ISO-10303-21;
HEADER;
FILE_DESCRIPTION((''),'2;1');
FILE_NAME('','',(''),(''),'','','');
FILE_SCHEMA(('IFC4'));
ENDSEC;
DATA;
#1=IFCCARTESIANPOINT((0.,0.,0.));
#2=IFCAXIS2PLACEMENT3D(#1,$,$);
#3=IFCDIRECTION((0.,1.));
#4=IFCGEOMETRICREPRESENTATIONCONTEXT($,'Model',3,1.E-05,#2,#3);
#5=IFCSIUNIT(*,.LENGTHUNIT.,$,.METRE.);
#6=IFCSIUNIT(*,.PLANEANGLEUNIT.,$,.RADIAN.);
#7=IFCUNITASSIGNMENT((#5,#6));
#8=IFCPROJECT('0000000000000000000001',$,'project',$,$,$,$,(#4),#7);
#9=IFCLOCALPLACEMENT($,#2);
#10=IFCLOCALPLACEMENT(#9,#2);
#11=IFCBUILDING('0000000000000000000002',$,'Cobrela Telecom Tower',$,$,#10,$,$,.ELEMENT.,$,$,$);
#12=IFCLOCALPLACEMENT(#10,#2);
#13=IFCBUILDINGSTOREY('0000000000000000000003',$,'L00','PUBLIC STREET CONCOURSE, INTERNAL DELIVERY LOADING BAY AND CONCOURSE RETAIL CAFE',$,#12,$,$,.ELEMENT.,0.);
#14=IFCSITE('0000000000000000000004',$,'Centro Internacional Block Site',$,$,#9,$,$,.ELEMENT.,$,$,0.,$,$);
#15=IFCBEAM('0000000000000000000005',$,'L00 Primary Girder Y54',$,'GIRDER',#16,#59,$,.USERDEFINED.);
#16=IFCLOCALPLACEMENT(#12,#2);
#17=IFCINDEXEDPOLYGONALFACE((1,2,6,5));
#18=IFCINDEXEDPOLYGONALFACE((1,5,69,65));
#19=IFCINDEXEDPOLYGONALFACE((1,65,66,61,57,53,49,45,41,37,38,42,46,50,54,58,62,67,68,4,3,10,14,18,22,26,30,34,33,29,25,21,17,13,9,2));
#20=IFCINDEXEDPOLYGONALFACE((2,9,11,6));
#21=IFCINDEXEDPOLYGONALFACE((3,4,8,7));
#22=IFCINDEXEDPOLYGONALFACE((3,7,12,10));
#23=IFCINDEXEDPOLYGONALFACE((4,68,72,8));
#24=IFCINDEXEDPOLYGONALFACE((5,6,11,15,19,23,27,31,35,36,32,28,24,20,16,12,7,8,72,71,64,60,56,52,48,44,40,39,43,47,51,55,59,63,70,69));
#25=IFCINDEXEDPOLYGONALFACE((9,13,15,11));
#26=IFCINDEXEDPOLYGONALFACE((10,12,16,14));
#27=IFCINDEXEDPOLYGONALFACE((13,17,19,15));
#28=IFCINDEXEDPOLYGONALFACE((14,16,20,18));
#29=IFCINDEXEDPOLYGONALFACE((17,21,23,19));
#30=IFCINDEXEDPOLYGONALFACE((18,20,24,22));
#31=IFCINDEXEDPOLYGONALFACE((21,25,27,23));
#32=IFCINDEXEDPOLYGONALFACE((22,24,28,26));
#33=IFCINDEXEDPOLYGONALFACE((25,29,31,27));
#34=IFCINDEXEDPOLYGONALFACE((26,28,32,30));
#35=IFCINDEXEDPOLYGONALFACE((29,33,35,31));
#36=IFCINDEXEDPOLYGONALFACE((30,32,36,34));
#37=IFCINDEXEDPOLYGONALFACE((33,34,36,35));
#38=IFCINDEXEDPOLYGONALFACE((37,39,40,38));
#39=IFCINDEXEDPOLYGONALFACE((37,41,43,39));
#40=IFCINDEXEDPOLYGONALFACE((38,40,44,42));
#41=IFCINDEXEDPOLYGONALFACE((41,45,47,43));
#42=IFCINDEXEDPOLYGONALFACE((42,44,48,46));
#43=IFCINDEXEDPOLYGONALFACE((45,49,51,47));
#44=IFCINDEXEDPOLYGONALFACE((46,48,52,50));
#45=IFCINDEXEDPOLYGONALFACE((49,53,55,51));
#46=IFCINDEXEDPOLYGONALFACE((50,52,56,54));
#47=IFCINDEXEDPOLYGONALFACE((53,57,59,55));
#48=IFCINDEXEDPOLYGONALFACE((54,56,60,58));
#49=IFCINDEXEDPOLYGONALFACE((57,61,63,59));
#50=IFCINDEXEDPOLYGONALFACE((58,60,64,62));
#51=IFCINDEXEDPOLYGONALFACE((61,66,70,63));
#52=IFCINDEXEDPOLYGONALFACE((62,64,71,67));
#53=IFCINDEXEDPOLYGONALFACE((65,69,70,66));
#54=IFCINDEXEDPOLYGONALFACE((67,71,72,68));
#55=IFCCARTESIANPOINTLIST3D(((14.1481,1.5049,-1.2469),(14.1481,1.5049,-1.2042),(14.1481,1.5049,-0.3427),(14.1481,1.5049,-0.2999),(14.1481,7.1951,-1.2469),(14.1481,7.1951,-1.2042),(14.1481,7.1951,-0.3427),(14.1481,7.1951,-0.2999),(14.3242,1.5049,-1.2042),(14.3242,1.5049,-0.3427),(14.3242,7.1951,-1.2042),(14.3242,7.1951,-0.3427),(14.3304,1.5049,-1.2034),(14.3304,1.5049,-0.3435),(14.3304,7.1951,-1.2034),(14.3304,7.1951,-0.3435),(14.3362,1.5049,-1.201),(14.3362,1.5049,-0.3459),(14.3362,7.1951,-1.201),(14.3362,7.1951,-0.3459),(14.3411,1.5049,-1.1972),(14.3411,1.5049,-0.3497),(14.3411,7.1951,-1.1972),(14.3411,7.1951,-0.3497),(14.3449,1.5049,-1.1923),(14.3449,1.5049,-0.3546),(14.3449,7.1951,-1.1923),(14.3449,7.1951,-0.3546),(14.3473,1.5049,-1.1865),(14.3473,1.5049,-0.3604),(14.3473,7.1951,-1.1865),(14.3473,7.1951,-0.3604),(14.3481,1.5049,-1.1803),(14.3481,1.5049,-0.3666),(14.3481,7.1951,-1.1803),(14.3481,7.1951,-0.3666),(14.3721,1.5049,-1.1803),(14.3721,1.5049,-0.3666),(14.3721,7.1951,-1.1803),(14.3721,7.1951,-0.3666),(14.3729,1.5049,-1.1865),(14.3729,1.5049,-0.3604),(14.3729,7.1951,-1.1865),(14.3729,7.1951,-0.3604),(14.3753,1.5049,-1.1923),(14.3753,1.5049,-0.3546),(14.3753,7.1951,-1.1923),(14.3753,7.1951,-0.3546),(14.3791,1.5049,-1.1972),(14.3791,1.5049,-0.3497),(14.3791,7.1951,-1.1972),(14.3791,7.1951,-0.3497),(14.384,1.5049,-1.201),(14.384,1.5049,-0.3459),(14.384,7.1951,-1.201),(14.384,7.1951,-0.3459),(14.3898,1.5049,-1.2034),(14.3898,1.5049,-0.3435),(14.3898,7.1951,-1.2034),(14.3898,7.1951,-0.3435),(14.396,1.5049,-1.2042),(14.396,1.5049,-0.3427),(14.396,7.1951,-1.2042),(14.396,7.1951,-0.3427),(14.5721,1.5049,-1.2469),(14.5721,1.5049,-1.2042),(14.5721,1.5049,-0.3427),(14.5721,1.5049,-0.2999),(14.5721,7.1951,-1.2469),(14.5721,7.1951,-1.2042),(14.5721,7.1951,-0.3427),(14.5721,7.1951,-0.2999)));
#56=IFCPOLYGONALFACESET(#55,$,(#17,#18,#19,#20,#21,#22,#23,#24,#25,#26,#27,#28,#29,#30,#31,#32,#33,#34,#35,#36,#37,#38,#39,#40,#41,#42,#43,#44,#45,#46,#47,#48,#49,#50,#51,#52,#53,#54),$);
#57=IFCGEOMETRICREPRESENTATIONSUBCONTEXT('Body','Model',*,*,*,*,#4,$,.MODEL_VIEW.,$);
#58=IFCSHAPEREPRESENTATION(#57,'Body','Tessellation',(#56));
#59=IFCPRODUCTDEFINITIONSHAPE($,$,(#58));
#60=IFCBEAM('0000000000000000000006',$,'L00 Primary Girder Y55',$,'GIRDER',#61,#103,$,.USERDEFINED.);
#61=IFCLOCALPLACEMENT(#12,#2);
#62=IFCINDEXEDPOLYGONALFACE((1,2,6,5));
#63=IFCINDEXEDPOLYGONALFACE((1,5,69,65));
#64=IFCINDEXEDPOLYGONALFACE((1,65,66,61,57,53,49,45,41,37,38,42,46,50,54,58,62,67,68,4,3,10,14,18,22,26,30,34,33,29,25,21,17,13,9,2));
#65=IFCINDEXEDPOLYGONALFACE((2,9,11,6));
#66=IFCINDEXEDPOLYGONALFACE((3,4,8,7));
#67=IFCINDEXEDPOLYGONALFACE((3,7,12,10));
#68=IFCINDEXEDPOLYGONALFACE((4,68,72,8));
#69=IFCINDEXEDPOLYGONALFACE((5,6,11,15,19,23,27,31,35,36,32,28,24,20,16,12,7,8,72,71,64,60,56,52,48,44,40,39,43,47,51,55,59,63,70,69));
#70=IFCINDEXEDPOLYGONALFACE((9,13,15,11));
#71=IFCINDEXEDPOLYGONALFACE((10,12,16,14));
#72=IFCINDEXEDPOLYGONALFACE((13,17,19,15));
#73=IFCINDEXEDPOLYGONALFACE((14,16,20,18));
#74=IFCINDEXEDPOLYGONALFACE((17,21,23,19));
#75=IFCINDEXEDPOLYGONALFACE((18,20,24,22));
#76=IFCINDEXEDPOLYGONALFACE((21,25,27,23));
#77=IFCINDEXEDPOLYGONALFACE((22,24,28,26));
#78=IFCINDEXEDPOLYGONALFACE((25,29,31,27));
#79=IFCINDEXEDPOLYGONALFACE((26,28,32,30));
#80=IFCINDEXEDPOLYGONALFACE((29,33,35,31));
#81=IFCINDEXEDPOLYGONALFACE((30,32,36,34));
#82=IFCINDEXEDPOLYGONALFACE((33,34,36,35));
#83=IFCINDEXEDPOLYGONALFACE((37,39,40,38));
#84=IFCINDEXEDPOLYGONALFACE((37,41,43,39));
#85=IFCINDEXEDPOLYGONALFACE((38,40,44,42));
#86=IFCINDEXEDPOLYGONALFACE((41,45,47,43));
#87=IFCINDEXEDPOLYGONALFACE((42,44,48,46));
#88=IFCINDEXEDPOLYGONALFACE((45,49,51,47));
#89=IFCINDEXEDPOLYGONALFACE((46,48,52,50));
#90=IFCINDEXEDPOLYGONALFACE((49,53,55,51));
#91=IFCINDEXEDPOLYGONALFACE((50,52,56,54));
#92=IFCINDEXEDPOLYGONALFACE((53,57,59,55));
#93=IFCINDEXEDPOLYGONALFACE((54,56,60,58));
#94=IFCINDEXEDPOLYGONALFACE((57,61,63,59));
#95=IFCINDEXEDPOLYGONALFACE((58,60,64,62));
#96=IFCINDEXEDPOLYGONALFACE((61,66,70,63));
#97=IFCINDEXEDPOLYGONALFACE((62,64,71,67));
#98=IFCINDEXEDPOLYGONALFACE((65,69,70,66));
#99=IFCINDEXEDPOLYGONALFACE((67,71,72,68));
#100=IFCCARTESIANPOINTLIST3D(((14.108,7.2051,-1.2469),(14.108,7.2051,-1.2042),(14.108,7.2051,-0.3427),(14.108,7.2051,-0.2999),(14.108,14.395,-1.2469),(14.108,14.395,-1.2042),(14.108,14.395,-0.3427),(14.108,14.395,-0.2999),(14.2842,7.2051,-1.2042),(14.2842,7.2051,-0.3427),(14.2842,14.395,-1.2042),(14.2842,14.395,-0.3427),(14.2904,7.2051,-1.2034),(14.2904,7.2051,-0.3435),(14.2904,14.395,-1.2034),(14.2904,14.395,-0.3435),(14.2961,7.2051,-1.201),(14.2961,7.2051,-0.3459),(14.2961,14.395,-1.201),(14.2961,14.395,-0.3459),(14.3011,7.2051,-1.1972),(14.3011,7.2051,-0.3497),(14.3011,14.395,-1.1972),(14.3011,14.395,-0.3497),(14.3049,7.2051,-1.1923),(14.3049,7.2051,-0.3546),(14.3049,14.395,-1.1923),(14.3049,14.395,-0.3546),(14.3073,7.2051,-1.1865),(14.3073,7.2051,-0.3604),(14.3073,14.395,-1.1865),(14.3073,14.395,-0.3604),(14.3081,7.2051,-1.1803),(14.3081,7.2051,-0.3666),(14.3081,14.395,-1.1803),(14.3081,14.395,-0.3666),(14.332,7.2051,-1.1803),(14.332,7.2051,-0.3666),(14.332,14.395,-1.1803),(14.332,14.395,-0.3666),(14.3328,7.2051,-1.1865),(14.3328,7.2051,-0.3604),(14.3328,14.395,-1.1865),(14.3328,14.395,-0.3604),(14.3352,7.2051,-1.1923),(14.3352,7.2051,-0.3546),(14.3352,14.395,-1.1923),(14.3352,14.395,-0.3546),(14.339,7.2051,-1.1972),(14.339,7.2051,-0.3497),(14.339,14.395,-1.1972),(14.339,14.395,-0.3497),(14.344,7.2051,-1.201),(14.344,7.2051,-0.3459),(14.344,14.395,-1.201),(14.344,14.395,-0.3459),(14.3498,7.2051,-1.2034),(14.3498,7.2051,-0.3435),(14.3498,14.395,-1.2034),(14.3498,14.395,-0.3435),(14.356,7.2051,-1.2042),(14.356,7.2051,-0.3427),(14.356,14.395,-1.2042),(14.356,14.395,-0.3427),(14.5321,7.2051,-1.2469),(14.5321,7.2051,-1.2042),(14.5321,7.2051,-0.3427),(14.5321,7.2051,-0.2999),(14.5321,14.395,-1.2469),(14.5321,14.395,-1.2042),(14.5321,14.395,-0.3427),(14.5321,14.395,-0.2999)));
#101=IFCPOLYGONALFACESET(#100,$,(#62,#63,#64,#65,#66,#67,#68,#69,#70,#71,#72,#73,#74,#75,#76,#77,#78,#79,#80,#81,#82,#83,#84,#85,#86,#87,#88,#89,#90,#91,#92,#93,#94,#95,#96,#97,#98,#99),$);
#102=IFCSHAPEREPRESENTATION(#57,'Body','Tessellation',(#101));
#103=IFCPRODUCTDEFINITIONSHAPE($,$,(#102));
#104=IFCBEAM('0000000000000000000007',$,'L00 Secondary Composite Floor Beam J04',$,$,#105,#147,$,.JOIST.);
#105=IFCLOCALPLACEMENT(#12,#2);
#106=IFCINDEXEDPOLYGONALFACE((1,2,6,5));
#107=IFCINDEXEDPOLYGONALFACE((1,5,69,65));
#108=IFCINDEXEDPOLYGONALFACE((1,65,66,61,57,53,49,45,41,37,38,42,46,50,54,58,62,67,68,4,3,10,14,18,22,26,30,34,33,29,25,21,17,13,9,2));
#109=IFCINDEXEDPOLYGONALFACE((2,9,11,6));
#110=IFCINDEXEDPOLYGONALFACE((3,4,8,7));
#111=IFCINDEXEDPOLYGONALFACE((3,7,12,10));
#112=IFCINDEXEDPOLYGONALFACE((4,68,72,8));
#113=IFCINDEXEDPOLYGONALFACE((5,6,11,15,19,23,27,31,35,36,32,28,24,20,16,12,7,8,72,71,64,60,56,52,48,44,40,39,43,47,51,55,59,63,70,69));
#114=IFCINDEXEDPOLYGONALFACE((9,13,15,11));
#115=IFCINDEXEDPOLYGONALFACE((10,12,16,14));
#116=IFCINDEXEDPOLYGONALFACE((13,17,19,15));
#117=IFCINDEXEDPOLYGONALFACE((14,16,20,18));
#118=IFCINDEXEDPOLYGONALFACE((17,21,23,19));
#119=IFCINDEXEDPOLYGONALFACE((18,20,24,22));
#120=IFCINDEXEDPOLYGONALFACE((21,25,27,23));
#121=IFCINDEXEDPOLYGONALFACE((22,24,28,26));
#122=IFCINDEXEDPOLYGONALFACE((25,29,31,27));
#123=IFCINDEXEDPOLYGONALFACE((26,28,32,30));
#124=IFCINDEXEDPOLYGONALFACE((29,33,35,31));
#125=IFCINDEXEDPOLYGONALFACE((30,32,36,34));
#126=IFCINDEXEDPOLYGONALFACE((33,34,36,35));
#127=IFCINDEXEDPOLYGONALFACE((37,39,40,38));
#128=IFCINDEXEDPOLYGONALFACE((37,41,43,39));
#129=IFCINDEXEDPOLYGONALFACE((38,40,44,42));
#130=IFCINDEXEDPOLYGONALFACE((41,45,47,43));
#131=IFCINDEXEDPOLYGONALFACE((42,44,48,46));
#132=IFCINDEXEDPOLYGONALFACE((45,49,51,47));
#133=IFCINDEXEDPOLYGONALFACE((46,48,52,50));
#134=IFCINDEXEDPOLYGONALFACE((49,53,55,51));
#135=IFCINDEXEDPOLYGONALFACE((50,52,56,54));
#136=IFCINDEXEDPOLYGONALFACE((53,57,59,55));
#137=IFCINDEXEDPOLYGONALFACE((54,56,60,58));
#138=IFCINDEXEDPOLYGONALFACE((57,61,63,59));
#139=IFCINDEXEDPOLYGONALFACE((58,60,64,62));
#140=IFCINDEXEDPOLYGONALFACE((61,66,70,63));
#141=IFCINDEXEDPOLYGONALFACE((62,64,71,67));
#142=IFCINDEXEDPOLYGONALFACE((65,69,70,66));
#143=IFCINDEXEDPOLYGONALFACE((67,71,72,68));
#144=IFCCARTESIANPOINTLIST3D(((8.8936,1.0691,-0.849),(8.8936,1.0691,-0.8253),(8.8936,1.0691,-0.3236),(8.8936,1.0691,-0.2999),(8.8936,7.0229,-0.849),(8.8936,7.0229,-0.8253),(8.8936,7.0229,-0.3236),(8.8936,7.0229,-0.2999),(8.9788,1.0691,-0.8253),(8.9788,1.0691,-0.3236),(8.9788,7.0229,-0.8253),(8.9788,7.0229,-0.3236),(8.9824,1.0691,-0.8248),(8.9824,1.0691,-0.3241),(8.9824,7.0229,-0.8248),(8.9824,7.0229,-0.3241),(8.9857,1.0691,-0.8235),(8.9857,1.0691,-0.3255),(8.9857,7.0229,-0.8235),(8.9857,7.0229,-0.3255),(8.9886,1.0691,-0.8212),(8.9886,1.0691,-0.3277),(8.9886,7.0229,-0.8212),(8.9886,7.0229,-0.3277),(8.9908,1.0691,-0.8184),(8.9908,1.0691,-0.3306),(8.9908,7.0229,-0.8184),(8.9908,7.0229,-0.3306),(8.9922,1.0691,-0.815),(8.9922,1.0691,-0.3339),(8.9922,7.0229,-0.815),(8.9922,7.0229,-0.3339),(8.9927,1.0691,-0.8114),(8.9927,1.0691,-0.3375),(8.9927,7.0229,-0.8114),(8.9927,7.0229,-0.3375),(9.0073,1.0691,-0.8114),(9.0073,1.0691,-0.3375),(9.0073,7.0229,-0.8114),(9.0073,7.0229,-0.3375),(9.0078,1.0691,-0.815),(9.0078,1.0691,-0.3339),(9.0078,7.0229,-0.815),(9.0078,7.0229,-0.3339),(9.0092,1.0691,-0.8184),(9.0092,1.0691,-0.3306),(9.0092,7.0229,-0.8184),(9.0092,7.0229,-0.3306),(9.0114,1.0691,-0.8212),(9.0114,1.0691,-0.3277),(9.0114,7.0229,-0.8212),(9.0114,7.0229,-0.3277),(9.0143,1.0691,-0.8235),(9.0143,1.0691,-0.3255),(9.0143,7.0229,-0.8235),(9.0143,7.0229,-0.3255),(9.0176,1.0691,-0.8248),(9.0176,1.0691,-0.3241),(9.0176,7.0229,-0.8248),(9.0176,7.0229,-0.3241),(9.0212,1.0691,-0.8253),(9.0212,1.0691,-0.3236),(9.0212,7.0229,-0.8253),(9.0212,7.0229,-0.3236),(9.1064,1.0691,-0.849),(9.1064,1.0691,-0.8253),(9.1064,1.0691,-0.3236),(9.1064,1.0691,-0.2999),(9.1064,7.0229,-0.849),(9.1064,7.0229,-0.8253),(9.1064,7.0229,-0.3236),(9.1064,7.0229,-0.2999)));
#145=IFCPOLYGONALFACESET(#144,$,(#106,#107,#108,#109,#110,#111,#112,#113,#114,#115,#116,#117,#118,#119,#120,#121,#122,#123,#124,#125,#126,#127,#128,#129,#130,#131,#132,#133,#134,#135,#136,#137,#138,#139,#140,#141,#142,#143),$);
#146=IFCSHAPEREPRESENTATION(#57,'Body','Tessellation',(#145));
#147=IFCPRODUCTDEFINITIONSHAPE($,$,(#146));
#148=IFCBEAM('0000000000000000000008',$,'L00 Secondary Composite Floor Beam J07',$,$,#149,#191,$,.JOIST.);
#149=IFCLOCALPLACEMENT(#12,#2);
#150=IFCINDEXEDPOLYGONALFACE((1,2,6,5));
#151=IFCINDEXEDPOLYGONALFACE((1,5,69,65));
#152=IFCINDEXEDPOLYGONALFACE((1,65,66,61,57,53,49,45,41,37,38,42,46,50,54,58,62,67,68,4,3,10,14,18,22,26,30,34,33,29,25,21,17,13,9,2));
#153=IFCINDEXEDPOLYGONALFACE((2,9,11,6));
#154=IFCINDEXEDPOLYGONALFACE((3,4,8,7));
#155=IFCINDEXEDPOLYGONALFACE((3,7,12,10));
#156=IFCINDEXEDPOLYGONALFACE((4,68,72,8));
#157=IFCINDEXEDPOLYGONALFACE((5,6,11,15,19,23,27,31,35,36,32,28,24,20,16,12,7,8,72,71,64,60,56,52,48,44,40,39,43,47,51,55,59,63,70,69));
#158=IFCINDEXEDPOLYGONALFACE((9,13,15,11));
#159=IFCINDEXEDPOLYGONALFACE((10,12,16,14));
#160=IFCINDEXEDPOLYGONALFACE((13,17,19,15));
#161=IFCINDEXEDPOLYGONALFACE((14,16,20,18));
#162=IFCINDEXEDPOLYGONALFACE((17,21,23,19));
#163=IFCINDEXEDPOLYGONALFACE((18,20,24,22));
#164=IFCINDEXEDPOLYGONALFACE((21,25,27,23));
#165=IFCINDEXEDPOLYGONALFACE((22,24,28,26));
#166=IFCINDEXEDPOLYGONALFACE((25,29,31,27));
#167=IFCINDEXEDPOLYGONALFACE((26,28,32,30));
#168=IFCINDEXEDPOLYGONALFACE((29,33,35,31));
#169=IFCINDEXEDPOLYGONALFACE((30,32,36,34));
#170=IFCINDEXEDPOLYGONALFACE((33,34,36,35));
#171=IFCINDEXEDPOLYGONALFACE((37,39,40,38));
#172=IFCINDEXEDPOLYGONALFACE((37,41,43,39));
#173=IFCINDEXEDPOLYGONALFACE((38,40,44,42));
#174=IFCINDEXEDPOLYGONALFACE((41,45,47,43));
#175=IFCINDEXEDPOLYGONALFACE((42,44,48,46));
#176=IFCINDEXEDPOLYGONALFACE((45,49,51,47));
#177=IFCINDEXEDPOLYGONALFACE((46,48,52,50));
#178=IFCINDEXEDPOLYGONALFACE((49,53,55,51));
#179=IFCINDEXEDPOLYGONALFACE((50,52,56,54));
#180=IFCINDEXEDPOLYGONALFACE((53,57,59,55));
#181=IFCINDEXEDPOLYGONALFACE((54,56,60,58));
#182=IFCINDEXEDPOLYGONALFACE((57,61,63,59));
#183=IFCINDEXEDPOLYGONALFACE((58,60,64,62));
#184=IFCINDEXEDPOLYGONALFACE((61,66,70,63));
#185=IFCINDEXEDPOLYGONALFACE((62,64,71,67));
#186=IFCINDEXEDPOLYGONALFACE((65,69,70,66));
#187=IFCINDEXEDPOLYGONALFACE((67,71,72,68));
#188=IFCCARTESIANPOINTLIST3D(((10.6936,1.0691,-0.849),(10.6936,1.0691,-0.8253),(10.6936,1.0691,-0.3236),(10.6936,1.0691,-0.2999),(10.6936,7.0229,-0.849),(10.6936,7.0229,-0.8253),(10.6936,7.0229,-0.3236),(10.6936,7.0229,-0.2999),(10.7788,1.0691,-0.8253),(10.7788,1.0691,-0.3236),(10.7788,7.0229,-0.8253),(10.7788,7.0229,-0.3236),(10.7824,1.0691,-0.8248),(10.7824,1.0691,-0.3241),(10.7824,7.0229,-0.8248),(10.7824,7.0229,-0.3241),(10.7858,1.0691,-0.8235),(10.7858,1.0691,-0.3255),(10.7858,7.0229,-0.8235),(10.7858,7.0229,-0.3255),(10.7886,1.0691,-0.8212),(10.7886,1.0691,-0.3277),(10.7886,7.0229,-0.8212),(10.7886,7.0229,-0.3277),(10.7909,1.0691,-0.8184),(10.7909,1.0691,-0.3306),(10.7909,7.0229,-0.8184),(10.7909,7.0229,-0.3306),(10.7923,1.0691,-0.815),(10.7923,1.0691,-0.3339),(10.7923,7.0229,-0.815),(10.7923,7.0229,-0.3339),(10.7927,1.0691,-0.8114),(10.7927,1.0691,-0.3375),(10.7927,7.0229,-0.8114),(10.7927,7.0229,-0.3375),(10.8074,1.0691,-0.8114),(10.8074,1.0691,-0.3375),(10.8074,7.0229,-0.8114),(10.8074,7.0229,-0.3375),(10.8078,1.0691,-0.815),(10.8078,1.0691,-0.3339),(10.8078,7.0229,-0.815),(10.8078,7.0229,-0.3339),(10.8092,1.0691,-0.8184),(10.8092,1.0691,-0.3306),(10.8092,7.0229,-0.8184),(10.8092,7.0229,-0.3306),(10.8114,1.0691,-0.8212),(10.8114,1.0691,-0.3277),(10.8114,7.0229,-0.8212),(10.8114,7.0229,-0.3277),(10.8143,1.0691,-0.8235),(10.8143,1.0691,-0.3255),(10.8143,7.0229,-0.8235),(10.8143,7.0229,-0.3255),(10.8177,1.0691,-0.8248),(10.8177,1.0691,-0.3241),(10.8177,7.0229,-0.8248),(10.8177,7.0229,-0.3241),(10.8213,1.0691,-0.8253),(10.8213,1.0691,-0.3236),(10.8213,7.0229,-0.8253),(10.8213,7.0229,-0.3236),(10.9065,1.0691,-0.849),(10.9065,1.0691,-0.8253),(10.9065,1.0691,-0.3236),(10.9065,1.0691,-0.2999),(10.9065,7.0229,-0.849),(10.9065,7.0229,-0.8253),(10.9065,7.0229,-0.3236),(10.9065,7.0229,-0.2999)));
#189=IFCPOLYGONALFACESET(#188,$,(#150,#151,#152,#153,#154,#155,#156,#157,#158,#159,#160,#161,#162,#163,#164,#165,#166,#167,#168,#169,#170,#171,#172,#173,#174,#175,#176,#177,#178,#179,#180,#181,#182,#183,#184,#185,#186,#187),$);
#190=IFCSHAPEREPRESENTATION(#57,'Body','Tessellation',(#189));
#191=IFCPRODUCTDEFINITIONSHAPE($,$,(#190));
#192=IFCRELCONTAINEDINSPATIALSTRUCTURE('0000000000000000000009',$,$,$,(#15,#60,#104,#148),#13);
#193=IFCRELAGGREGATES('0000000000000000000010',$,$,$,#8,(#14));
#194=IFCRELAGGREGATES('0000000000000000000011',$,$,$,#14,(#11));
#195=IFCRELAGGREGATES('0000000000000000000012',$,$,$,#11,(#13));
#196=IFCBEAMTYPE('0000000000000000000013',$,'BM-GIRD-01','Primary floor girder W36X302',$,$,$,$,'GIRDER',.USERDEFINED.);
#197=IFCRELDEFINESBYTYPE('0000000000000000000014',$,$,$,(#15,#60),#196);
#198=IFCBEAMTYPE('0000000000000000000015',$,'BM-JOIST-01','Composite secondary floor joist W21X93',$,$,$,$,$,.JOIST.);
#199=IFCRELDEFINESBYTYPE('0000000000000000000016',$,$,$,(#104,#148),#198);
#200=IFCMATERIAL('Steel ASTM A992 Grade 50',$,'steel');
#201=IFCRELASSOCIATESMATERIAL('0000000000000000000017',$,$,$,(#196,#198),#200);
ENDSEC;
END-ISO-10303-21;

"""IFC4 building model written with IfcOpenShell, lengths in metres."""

from ifc_helpers import new_model, si_unit, direction, frame, origin, origin_2d, place, context, subcontext, project, spatial, i_section, extrude, material, material_profile, profile_set, type_object, element, save


model = new_model("IFC4")

# Units and contexts
model_context = context("Model", 3, precision=1e-05, world=origin(), true_north=direction((0.0, 1.0)))
body_context = subcontext(model_context, "Body", "Model", "MODEL_VIEW")
ifc_project = project(units=[si_unit("LENGTHUNIT", "METRE"), si_unit("PLANEANGLEUNIT", "RADIAN")], contexts=[model_context])

# Site, building, storey
site_placement = place(None, origin())
site = spatial("IfcSite", under=ifc_project, at=site_placement, Name="Centro Internacional Block Site", CompositionType="ELEMENT", RefElevation=0.0)
building_placement = place(site_placement, origin())
building = spatial("IfcBuilding", under=site, at=building_placement, Name="Cobrela Telecom Tower", CompositionType="ELEMENT")
storey_placement = place(building_placement, origin())
storey = spatial("IfcBuildingStorey", under=building, at=storey_placement, Name="L00", Description="PUBLIC STREET CONCOURSE, INTERNAL DELIVERY LOADING BAY AND CONCOURSE RETAIL CAFE", CompositionType="ELEMENT", Elevation=0.0)

# Beams
ifc_material_1 = material(Name="Steel ASTM A992 Grade 50", Category="steel")
ifc_material_profile_1 = material_profile(ifc_material_1, i_section(OverallWidth=0.4241, OverallDepth=0.947, WebThickness=0.0239, FlangeThickness=0.0427, FilletRadius=0.0239, at=origin_2d()), Name="W36X302")
ifc_profile_set_1 = profile_set([ifc_material_profile_1], Name="Steel ASTM A992 Grade 50")
beam_type_1 = type_object("IfcBeamType", Name="BM-GIRD-01", Description="Primary floor girder W36X302", ElementType="GIRDER", PredefinedType="USERDEFINED", material=ifc_profile_set_1)
beam_1_placement = place(storey_placement, frame((14.3601, 1.5049, -0.7734), z_axis=(0.0, 1.0, 0.0), x_axis=(-1.0, 0.0, 0.0)))
element("IfcBeam", 1, at=beam_1_placement, inside=storey, type_object=beam_type_1, Name="L00 Primary Girder Y54", ObjectType="GIRDER", PredefinedType="USERDEFINED", context=body_context, shape_type="SweptSolid", body=[
    extrude(i_section(OverallWidth=0.4241, OverallDepth=0.947, WebThickness=0.0239, FlangeThickness=0.0427, FilletRadius=0.0239, at=origin_2d()), origin(), (0.0, 0.0, 1.0), 5.6902),
])
beam_2_placement = place(storey_placement, frame((14.3201, 7.2051, -0.7734), z_axis=(0.0, 1.0, 0.0), x_axis=(-1.0, 0.0, 0.0)))
element("IfcBeam", 2, at=beam_2_placement, inside=storey, type_object=beam_type_1, Name="L00 Primary Girder Y55", ObjectType="GIRDER", PredefinedType="USERDEFINED", context=body_context, shape_type="SweptSolid", body=[
    extrude(i_section(OverallWidth=0.4241, OverallDepth=0.947, WebThickness=0.0239, FlangeThickness=0.0427, FilletRadius=0.0239, at=origin_2d()), origin(), (0.0, 0.0, 1.0), 7.1899),
])
ifc_material_profile_2 = material_profile(ifc_material_1, i_section(OverallWidth=0.2129, OverallDepth=0.5491, WebThickness=0.0146, FlangeThickness=0.0237, FilletRadius=0.0139, at=origin_2d()), Name="W21X93")
ifc_profile_set_2 = profile_set([ifc_material_profile_2], Name="Steel ASTM A992 Grade 50")
beam_type_2 = type_object("IfcBeamType", Name="BM-JOIST-01", Description="Composite secondary floor joist W21X93", PredefinedType="JOIST", material=ifc_profile_set_2)
for number, where, z_axis, x_axis, name in (
    (3, (9.0, 1.0691, -0.5745), (0.0, 1.0, 0.0), (-1.0, 0.0, 0.0), "L00 Secondary Composite Floor Beam J04"),
    (4, (10.8, 1.0691, -0.5745), (0.0, 1.0, 0.0), (-1.0, 0.0, 0.0), "L00 Secondary Composite Floor Beam J07"),
):
    element("IfcBeam", number, at=place(storey_placement, frame(where, z_axis=z_axis, x_axis=x_axis)), inside=storey, type_object=beam_type_2, Name=name, PredefinedType="JOIST", context=body_context, shape_type="SweptSolid", body=[
        extrude(i_section(OverallWidth=0.2129, OverallDepth=0.5491, WebThickness=0.0146, FlangeThickness=0.0237, FilletRadius=0.0139, at=origin_2d()), origin(), (0.0, 0.0, 1.0), 5.9539),
    ])

save(model, "model.ifc")
